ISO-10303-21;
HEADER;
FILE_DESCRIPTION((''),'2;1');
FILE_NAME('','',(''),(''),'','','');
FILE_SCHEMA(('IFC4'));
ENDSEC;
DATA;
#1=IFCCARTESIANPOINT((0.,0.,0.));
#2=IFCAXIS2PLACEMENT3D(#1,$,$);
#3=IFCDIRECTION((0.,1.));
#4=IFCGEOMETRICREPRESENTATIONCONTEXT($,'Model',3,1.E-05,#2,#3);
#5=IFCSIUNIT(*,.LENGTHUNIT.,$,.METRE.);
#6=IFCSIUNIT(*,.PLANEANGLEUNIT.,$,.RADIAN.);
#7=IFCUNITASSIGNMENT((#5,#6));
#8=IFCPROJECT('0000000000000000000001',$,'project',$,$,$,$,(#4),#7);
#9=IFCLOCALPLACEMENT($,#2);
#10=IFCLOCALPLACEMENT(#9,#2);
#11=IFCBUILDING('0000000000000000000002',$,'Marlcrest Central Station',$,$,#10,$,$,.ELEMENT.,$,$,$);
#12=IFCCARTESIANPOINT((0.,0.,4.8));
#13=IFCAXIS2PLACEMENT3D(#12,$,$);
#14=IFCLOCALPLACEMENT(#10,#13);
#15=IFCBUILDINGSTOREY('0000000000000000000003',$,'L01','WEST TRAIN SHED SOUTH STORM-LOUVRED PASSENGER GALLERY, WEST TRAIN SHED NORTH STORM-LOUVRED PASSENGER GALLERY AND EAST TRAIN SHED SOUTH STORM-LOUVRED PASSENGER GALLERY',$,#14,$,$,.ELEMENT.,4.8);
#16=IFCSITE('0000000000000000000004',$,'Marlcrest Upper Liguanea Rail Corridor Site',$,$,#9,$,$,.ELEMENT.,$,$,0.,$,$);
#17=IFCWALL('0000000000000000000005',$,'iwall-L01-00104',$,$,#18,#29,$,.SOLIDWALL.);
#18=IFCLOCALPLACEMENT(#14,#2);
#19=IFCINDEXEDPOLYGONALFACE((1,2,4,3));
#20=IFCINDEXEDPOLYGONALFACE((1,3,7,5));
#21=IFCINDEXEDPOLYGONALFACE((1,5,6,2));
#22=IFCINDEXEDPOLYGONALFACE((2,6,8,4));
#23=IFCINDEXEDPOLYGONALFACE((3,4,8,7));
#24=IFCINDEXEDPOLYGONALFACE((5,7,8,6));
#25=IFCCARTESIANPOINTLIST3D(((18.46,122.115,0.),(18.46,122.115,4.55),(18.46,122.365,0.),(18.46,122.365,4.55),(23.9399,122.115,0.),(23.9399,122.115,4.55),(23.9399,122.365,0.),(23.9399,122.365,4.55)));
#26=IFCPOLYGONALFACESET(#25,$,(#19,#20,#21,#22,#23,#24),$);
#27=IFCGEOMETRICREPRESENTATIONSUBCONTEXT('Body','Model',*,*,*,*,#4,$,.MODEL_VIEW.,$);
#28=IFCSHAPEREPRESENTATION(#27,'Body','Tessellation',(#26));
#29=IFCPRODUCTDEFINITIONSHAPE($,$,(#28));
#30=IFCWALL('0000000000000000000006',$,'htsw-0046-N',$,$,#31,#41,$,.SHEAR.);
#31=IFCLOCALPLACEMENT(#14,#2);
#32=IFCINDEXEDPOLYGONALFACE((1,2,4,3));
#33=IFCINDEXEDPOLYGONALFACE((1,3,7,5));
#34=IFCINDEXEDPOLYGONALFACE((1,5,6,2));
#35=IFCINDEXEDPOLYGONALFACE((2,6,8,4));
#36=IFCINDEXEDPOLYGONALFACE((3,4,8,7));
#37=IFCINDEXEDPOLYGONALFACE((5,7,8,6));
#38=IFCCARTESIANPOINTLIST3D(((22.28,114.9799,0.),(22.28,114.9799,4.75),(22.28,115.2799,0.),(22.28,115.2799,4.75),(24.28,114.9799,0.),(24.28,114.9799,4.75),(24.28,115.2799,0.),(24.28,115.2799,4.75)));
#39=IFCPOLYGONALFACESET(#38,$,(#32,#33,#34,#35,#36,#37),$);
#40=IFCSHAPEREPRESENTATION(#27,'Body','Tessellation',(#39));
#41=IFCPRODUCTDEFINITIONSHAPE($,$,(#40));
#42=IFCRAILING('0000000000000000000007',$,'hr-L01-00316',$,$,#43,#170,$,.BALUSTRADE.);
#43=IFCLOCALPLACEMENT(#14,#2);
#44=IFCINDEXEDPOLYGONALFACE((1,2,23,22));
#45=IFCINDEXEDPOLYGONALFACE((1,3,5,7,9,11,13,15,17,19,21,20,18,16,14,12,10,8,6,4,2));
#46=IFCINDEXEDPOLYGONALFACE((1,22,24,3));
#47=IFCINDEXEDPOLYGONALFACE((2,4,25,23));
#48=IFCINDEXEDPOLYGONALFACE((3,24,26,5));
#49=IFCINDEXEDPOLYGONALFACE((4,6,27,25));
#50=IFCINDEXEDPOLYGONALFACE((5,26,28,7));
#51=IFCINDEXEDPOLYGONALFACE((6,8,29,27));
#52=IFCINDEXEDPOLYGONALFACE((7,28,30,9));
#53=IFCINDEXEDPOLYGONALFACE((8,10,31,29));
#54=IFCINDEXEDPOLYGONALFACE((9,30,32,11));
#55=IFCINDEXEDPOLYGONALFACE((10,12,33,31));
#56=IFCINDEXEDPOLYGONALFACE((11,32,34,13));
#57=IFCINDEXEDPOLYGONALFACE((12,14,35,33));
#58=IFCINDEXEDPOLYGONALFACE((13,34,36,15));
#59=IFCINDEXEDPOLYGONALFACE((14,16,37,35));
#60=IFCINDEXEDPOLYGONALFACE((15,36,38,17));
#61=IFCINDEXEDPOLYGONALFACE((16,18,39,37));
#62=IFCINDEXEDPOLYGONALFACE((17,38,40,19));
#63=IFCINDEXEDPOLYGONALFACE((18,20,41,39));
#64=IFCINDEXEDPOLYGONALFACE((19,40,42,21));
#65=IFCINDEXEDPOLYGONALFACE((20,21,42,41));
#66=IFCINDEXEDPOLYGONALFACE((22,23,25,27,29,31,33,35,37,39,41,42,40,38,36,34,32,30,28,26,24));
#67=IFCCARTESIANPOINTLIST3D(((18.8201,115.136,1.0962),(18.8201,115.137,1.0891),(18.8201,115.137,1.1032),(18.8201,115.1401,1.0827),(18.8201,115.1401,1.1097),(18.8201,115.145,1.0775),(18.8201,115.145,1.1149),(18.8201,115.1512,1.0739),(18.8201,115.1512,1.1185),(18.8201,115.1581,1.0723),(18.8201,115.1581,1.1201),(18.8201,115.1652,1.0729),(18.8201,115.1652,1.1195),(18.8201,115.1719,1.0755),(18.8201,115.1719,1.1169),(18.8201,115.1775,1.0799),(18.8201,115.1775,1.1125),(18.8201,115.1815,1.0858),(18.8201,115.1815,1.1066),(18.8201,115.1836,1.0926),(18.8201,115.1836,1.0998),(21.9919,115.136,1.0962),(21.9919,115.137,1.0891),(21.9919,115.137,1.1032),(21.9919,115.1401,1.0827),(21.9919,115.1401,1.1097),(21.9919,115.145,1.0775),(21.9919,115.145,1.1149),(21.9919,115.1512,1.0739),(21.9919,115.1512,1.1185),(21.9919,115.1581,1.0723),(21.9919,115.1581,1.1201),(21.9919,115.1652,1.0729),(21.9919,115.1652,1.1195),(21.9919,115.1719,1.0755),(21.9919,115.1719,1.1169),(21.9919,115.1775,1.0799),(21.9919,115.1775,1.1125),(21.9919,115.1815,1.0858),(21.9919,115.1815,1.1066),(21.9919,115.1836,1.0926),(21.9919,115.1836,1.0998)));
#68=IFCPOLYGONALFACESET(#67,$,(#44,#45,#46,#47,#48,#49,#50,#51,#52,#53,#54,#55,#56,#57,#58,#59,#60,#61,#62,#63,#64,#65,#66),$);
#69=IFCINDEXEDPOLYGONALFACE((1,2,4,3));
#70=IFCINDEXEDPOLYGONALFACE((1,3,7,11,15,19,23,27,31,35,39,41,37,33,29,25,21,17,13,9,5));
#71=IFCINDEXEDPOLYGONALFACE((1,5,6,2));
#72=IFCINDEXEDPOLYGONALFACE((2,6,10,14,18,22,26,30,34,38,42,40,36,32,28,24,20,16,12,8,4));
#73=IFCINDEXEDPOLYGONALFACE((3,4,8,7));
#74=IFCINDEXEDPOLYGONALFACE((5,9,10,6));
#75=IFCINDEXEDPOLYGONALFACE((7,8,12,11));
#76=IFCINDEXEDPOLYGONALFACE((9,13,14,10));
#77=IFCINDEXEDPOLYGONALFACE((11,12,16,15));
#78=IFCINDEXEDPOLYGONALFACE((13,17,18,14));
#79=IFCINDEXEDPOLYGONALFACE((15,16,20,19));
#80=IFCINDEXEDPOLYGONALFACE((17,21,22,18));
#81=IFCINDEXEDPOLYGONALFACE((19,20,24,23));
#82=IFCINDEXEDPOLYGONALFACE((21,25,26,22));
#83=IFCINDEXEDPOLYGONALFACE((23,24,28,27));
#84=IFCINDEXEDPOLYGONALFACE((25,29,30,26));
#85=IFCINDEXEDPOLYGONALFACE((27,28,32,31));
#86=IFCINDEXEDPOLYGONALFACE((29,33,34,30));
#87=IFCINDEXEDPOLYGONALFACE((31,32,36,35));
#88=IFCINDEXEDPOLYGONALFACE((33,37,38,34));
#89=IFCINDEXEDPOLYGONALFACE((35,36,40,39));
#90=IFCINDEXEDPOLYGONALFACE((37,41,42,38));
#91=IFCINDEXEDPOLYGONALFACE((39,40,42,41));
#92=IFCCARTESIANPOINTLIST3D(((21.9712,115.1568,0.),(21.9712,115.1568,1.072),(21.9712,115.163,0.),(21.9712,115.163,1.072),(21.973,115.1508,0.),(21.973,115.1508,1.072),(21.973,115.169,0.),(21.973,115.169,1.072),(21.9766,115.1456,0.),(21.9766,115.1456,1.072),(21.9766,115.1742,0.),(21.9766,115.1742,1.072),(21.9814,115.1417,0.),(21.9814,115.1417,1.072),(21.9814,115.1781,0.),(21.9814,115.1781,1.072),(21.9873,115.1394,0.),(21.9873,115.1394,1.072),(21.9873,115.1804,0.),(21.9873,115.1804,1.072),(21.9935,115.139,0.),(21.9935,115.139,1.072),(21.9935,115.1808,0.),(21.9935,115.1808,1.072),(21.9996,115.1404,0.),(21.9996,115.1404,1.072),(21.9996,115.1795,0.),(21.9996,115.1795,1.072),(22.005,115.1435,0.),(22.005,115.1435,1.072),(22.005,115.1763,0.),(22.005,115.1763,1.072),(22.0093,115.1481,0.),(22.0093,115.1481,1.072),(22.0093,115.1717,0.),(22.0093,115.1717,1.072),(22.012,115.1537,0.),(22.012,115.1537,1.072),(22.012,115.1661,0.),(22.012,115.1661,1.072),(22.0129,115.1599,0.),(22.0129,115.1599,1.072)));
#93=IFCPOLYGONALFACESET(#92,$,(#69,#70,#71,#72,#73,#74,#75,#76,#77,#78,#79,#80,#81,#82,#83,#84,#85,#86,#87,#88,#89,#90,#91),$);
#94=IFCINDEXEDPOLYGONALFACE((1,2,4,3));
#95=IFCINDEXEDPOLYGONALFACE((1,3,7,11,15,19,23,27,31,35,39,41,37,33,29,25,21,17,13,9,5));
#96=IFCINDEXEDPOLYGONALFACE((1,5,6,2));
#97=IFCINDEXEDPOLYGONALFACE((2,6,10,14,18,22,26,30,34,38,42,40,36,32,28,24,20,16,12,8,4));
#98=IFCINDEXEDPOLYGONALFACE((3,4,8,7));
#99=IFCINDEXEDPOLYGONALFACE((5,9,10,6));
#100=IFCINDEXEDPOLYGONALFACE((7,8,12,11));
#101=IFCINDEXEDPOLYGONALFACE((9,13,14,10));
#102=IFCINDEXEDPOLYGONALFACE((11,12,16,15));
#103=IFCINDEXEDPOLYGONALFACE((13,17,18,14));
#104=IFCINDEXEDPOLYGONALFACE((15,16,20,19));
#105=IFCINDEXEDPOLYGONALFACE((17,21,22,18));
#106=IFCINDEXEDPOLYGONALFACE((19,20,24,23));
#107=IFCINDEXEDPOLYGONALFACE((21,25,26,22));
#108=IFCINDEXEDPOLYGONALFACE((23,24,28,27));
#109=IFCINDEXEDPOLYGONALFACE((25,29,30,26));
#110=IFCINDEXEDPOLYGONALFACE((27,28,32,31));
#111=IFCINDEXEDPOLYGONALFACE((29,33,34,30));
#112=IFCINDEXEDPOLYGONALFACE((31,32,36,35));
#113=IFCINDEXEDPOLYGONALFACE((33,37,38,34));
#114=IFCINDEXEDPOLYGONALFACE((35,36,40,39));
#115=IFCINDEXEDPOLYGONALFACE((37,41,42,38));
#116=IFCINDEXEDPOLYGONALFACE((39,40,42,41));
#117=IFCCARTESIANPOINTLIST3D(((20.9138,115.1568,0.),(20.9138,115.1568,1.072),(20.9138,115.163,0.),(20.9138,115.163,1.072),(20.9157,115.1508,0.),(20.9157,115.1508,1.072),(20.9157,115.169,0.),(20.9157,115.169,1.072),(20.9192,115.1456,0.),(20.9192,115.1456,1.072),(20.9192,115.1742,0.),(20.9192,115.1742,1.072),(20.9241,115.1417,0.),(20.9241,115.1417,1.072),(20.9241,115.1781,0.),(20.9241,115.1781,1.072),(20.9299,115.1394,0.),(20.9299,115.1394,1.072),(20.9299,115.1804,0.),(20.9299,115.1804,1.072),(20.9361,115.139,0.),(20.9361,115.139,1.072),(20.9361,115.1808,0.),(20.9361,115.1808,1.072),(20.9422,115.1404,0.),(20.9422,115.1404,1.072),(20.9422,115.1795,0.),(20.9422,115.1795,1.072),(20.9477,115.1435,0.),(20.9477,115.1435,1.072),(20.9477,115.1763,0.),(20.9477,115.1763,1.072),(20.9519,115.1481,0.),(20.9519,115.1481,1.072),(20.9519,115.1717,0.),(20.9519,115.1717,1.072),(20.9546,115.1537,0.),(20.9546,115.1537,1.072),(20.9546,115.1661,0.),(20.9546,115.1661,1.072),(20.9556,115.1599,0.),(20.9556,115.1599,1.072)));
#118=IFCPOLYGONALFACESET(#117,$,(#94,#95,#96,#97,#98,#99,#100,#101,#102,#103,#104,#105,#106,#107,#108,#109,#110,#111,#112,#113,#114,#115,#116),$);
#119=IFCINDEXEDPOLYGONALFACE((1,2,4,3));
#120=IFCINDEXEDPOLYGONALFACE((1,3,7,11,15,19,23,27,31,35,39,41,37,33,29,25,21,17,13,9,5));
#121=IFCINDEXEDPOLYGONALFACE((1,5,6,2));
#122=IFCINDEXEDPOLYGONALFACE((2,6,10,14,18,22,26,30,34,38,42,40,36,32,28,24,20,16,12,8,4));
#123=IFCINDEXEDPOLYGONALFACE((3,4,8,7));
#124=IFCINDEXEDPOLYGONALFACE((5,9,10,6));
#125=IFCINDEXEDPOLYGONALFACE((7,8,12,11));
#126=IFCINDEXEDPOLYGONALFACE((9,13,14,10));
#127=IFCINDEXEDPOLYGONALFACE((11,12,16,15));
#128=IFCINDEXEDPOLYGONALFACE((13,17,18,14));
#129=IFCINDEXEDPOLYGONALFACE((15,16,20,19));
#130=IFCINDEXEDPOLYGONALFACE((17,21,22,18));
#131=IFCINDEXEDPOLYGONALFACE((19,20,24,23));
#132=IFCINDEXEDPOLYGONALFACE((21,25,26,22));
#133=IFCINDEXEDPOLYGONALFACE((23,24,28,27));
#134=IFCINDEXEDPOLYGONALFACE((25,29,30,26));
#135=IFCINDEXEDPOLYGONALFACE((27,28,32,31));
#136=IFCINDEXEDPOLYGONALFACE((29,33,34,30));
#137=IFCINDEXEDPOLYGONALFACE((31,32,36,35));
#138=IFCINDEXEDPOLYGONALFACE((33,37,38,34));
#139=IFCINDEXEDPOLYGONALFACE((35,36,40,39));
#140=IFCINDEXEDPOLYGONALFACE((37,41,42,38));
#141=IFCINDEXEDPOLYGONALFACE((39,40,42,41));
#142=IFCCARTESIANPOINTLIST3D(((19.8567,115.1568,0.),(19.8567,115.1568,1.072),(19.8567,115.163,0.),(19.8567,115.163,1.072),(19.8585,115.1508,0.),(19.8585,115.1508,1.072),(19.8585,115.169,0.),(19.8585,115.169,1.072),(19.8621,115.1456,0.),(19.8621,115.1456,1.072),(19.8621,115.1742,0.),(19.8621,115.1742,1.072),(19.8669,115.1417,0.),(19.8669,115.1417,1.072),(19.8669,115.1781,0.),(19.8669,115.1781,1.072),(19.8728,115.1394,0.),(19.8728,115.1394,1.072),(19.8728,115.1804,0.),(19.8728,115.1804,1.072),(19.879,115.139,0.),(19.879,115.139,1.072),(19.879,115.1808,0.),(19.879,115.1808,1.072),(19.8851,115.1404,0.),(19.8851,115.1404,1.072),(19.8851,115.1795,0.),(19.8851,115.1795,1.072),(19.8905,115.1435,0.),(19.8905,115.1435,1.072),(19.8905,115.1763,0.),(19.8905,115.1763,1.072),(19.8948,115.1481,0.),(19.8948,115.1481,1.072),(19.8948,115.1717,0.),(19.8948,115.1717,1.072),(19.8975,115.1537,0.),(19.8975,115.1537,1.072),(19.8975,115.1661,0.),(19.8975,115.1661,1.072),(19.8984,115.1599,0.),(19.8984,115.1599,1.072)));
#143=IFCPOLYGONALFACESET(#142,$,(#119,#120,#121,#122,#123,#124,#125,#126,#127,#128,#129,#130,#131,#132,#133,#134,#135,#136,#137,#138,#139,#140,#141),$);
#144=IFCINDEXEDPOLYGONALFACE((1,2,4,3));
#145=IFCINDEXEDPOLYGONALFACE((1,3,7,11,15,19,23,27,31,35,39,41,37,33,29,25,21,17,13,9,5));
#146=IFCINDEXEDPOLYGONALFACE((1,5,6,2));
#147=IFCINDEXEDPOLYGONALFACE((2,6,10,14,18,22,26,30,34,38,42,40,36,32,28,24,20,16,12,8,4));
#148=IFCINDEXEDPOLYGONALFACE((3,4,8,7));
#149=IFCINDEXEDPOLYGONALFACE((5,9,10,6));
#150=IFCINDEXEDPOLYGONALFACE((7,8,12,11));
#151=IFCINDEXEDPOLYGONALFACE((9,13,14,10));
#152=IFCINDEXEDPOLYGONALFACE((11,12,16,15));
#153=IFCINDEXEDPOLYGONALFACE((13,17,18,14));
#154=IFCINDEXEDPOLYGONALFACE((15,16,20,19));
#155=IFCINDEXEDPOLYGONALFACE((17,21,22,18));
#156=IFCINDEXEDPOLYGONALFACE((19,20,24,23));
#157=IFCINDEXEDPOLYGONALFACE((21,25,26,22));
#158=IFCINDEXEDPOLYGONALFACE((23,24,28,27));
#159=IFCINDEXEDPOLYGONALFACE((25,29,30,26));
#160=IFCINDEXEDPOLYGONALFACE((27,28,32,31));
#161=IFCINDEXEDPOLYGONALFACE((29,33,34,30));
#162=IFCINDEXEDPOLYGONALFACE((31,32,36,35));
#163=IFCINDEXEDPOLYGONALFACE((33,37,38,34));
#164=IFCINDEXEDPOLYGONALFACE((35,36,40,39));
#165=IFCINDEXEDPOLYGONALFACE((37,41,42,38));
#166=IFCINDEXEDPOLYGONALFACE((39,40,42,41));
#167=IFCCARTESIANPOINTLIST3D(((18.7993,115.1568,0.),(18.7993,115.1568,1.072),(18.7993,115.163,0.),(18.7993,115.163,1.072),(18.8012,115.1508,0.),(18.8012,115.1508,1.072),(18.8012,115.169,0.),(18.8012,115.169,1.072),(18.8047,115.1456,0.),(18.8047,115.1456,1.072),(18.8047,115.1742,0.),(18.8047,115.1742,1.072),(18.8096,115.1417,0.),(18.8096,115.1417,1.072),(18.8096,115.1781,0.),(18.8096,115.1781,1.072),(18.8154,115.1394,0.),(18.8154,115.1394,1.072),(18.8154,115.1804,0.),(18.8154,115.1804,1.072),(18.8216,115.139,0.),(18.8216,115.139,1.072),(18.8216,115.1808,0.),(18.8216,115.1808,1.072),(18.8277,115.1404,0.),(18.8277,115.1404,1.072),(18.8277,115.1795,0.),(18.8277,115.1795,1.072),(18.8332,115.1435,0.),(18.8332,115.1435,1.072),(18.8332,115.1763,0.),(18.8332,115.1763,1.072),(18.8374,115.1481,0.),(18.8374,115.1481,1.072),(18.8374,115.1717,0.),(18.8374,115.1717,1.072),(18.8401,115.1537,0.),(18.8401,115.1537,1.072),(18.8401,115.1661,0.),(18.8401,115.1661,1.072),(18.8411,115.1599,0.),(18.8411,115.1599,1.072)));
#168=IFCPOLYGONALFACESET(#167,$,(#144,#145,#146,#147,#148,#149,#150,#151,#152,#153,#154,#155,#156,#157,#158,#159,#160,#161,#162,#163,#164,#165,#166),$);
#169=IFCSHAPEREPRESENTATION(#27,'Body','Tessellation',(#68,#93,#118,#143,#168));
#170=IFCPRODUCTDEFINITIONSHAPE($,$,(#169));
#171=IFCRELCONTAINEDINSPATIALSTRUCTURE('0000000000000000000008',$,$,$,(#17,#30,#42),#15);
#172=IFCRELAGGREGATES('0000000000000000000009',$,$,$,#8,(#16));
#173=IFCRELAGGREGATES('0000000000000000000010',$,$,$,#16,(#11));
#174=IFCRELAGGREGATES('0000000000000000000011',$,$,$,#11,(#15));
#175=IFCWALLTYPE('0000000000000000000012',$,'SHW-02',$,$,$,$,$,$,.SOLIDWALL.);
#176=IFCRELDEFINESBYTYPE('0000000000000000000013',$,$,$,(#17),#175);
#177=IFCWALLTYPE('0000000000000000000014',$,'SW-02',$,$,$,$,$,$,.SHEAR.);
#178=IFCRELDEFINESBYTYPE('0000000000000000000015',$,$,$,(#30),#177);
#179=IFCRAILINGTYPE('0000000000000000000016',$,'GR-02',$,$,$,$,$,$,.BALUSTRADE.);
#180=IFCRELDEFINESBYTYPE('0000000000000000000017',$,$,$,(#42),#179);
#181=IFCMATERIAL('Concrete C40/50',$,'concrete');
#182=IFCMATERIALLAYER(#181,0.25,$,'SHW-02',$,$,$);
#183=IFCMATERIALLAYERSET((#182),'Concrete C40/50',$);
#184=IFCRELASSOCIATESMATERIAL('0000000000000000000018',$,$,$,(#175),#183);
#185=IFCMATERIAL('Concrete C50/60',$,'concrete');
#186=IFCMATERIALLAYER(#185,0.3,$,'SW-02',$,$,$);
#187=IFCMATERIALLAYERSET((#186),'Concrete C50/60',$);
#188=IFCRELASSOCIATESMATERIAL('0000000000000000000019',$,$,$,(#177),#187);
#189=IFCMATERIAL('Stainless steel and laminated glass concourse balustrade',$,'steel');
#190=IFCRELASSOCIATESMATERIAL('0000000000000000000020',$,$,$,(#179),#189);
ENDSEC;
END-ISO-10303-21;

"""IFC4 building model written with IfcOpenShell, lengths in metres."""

from ifc_helpers import new_model, si_unit, direction, frame, frame_2d, origin, origin_2d, place, context, subcontext, project, spatial, rectangle, circle, extrude, material, layer, layer_set, type_object, element, save


model = new_model("IFC4")

# Units and contexts
model_context = context("Model", 3, precision=1e-05, world=origin(), true_north=direction((0.0, 1.0)))
body_context = subcontext(model_context, "Body", "Model", "MODEL_VIEW")
ifc_project = project(units=[si_unit("LENGTHUNIT", "METRE"), si_unit("PLANEANGLEUNIT", "RADIAN")], contexts=[model_context])

# Site, building, storey
site_placement = place(None, origin())
site = spatial("IfcSite", under=ifc_project, at=site_placement, Name="Marlcrest Upper Liguanea Rail Corridor Site", CompositionType="ELEMENT", RefElevation=0.0)
building_placement = place(site_placement, origin())
building = spatial("IfcBuilding", under=site, at=building_placement, Name="Marlcrest Central Station", CompositionType="ELEMENT")
storey_placement = place(building_placement, frame((0.0, 0.0, 4.8)))
storey = spatial("IfcBuildingStorey", under=building, at=storey_placement, Name="L01", Description="WEST TRAIN SHED SOUTH STORM-LOUVRED PASSENGER GALLERY, WEST TRAIN SHED NORTH STORM-LOUVRED PASSENGER GALLERY AND EAST TRAIN SHED SOUTH STORM-LOUVRED PASSENGER GALLERY", CompositionType="ELEMENT", Elevation=4.8)

# Shared definitions
ifc_material_1 = material(Name="Concrete C40/50", Category="concrete")

# Shared definitions
ifc_layer_1 = layer(ifc_material_1, 0.25, Name="SHW-02")
ifc_layer_set_1 = layer_set([ifc_layer_1], Name="Concrete C40/50")
wall_type_1 = type_object("IfcWallType", Name="SHW-02", PredefinedType="SOLIDWALL", material=ifc_layer_set_1)

# Walls
wall_1_placement = place(storey_placement, frame((18.46, 122.24, 0.0), z_axis=(0.0, 0.0, 1.0), x_axis=(1.0, 0.0, 0.0)))
element("IfcWall", 1, at=wall_1_placement, inside=storey, type_object=wall_type_1, Name="iwall-L01-00104", PredefinedType="SOLIDWALL", context=body_context, shape_type="SweptSolid", body=[
    extrude(rectangle(XDim=5.48, YDim=0.25, at=frame_2d((2.74, 0.0))), origin(), (0.0, 0.0, 1.0), 4.55),
])
ifc_material_2 = material(Name="Concrete C50/60", Category="concrete")
ifc_layer_2 = layer(ifc_material_2, 0.3, Name="SW-02")
ifc_layer_set_2 = layer_set([ifc_layer_2], Name="Concrete C50/60")
wall_type_2 = type_object("IfcWallType", Name="SW-02", PredefinedType="SHEAR", material=ifc_layer_set_2)
wall_2_placement = place(storey_placement, frame((24.28, 115.1299, 0.0), z_axis=(0.0, 0.0, 1.0), x_axis=(-1.0, 0.0, 0.0)))
element("IfcWall", 2, at=wall_2_placement, inside=storey, type_object=wall_type_2, Name="htsw-0046-N", PredefinedType="SHEAR", context=body_context, shape_type="SweptSolid", body=[
    extrude(rectangle(XDim=2.0, YDim=0.3, at=frame_2d((1.0, 0.0))), origin(), (0.0, 0.0, 1.0), 4.75),
])

# Railing
ifc_material_3 = material(Name="Stainless steel and laminated glass concourse balustrade", Category="steel")
railing_type_1 = type_object("IfcRailingType", Name="GR-02", PredefinedType="BALUSTRADE", material=ifc_material_3)
railing_1_placement = place(storey_placement, frame((21.9919, 115.1599, 0.0)))
element("IfcRailing", 3, at=railing_1_placement, inside=storey, type_object=railing_type_1, Name="hr-L01-00316", PredefinedType="BALUSTRADE", context=body_context, shape_type="SweptSolid", body=[
    extrude(circle(Radius=0.0239, at=origin_2d()), frame((0.0, 0.0, 1.0962), z_axis=(-1.0, 0.0, 0.0), x_axis=(0.0, -1.0, 0.0)), (0.0, 0.0, 1.0), 3.1719),
    extrude(circle(Radius=0.021, at=origin_2d()), origin(), (0.0, 0.0, 1.0), 1.072),
    extrude(circle(Radius=0.021, at=origin_2d()), frame((-1.0574, 0.0, 0.0)), (0.0, 0.0, 1.0), 1.072),
    extrude(circle(Radius=0.021, at=origin_2d()), frame((-2.1145, 0.0, 0.0)), (0.0, 0.0, 1.0), 1.072),
    extrude(circle(Radius=0.021, at=origin_2d()), frame((-3.1719, 0.0, 0.0)), (0.0, 0.0, 1.0), 1.072),
])

save(model, "model.ifc")
